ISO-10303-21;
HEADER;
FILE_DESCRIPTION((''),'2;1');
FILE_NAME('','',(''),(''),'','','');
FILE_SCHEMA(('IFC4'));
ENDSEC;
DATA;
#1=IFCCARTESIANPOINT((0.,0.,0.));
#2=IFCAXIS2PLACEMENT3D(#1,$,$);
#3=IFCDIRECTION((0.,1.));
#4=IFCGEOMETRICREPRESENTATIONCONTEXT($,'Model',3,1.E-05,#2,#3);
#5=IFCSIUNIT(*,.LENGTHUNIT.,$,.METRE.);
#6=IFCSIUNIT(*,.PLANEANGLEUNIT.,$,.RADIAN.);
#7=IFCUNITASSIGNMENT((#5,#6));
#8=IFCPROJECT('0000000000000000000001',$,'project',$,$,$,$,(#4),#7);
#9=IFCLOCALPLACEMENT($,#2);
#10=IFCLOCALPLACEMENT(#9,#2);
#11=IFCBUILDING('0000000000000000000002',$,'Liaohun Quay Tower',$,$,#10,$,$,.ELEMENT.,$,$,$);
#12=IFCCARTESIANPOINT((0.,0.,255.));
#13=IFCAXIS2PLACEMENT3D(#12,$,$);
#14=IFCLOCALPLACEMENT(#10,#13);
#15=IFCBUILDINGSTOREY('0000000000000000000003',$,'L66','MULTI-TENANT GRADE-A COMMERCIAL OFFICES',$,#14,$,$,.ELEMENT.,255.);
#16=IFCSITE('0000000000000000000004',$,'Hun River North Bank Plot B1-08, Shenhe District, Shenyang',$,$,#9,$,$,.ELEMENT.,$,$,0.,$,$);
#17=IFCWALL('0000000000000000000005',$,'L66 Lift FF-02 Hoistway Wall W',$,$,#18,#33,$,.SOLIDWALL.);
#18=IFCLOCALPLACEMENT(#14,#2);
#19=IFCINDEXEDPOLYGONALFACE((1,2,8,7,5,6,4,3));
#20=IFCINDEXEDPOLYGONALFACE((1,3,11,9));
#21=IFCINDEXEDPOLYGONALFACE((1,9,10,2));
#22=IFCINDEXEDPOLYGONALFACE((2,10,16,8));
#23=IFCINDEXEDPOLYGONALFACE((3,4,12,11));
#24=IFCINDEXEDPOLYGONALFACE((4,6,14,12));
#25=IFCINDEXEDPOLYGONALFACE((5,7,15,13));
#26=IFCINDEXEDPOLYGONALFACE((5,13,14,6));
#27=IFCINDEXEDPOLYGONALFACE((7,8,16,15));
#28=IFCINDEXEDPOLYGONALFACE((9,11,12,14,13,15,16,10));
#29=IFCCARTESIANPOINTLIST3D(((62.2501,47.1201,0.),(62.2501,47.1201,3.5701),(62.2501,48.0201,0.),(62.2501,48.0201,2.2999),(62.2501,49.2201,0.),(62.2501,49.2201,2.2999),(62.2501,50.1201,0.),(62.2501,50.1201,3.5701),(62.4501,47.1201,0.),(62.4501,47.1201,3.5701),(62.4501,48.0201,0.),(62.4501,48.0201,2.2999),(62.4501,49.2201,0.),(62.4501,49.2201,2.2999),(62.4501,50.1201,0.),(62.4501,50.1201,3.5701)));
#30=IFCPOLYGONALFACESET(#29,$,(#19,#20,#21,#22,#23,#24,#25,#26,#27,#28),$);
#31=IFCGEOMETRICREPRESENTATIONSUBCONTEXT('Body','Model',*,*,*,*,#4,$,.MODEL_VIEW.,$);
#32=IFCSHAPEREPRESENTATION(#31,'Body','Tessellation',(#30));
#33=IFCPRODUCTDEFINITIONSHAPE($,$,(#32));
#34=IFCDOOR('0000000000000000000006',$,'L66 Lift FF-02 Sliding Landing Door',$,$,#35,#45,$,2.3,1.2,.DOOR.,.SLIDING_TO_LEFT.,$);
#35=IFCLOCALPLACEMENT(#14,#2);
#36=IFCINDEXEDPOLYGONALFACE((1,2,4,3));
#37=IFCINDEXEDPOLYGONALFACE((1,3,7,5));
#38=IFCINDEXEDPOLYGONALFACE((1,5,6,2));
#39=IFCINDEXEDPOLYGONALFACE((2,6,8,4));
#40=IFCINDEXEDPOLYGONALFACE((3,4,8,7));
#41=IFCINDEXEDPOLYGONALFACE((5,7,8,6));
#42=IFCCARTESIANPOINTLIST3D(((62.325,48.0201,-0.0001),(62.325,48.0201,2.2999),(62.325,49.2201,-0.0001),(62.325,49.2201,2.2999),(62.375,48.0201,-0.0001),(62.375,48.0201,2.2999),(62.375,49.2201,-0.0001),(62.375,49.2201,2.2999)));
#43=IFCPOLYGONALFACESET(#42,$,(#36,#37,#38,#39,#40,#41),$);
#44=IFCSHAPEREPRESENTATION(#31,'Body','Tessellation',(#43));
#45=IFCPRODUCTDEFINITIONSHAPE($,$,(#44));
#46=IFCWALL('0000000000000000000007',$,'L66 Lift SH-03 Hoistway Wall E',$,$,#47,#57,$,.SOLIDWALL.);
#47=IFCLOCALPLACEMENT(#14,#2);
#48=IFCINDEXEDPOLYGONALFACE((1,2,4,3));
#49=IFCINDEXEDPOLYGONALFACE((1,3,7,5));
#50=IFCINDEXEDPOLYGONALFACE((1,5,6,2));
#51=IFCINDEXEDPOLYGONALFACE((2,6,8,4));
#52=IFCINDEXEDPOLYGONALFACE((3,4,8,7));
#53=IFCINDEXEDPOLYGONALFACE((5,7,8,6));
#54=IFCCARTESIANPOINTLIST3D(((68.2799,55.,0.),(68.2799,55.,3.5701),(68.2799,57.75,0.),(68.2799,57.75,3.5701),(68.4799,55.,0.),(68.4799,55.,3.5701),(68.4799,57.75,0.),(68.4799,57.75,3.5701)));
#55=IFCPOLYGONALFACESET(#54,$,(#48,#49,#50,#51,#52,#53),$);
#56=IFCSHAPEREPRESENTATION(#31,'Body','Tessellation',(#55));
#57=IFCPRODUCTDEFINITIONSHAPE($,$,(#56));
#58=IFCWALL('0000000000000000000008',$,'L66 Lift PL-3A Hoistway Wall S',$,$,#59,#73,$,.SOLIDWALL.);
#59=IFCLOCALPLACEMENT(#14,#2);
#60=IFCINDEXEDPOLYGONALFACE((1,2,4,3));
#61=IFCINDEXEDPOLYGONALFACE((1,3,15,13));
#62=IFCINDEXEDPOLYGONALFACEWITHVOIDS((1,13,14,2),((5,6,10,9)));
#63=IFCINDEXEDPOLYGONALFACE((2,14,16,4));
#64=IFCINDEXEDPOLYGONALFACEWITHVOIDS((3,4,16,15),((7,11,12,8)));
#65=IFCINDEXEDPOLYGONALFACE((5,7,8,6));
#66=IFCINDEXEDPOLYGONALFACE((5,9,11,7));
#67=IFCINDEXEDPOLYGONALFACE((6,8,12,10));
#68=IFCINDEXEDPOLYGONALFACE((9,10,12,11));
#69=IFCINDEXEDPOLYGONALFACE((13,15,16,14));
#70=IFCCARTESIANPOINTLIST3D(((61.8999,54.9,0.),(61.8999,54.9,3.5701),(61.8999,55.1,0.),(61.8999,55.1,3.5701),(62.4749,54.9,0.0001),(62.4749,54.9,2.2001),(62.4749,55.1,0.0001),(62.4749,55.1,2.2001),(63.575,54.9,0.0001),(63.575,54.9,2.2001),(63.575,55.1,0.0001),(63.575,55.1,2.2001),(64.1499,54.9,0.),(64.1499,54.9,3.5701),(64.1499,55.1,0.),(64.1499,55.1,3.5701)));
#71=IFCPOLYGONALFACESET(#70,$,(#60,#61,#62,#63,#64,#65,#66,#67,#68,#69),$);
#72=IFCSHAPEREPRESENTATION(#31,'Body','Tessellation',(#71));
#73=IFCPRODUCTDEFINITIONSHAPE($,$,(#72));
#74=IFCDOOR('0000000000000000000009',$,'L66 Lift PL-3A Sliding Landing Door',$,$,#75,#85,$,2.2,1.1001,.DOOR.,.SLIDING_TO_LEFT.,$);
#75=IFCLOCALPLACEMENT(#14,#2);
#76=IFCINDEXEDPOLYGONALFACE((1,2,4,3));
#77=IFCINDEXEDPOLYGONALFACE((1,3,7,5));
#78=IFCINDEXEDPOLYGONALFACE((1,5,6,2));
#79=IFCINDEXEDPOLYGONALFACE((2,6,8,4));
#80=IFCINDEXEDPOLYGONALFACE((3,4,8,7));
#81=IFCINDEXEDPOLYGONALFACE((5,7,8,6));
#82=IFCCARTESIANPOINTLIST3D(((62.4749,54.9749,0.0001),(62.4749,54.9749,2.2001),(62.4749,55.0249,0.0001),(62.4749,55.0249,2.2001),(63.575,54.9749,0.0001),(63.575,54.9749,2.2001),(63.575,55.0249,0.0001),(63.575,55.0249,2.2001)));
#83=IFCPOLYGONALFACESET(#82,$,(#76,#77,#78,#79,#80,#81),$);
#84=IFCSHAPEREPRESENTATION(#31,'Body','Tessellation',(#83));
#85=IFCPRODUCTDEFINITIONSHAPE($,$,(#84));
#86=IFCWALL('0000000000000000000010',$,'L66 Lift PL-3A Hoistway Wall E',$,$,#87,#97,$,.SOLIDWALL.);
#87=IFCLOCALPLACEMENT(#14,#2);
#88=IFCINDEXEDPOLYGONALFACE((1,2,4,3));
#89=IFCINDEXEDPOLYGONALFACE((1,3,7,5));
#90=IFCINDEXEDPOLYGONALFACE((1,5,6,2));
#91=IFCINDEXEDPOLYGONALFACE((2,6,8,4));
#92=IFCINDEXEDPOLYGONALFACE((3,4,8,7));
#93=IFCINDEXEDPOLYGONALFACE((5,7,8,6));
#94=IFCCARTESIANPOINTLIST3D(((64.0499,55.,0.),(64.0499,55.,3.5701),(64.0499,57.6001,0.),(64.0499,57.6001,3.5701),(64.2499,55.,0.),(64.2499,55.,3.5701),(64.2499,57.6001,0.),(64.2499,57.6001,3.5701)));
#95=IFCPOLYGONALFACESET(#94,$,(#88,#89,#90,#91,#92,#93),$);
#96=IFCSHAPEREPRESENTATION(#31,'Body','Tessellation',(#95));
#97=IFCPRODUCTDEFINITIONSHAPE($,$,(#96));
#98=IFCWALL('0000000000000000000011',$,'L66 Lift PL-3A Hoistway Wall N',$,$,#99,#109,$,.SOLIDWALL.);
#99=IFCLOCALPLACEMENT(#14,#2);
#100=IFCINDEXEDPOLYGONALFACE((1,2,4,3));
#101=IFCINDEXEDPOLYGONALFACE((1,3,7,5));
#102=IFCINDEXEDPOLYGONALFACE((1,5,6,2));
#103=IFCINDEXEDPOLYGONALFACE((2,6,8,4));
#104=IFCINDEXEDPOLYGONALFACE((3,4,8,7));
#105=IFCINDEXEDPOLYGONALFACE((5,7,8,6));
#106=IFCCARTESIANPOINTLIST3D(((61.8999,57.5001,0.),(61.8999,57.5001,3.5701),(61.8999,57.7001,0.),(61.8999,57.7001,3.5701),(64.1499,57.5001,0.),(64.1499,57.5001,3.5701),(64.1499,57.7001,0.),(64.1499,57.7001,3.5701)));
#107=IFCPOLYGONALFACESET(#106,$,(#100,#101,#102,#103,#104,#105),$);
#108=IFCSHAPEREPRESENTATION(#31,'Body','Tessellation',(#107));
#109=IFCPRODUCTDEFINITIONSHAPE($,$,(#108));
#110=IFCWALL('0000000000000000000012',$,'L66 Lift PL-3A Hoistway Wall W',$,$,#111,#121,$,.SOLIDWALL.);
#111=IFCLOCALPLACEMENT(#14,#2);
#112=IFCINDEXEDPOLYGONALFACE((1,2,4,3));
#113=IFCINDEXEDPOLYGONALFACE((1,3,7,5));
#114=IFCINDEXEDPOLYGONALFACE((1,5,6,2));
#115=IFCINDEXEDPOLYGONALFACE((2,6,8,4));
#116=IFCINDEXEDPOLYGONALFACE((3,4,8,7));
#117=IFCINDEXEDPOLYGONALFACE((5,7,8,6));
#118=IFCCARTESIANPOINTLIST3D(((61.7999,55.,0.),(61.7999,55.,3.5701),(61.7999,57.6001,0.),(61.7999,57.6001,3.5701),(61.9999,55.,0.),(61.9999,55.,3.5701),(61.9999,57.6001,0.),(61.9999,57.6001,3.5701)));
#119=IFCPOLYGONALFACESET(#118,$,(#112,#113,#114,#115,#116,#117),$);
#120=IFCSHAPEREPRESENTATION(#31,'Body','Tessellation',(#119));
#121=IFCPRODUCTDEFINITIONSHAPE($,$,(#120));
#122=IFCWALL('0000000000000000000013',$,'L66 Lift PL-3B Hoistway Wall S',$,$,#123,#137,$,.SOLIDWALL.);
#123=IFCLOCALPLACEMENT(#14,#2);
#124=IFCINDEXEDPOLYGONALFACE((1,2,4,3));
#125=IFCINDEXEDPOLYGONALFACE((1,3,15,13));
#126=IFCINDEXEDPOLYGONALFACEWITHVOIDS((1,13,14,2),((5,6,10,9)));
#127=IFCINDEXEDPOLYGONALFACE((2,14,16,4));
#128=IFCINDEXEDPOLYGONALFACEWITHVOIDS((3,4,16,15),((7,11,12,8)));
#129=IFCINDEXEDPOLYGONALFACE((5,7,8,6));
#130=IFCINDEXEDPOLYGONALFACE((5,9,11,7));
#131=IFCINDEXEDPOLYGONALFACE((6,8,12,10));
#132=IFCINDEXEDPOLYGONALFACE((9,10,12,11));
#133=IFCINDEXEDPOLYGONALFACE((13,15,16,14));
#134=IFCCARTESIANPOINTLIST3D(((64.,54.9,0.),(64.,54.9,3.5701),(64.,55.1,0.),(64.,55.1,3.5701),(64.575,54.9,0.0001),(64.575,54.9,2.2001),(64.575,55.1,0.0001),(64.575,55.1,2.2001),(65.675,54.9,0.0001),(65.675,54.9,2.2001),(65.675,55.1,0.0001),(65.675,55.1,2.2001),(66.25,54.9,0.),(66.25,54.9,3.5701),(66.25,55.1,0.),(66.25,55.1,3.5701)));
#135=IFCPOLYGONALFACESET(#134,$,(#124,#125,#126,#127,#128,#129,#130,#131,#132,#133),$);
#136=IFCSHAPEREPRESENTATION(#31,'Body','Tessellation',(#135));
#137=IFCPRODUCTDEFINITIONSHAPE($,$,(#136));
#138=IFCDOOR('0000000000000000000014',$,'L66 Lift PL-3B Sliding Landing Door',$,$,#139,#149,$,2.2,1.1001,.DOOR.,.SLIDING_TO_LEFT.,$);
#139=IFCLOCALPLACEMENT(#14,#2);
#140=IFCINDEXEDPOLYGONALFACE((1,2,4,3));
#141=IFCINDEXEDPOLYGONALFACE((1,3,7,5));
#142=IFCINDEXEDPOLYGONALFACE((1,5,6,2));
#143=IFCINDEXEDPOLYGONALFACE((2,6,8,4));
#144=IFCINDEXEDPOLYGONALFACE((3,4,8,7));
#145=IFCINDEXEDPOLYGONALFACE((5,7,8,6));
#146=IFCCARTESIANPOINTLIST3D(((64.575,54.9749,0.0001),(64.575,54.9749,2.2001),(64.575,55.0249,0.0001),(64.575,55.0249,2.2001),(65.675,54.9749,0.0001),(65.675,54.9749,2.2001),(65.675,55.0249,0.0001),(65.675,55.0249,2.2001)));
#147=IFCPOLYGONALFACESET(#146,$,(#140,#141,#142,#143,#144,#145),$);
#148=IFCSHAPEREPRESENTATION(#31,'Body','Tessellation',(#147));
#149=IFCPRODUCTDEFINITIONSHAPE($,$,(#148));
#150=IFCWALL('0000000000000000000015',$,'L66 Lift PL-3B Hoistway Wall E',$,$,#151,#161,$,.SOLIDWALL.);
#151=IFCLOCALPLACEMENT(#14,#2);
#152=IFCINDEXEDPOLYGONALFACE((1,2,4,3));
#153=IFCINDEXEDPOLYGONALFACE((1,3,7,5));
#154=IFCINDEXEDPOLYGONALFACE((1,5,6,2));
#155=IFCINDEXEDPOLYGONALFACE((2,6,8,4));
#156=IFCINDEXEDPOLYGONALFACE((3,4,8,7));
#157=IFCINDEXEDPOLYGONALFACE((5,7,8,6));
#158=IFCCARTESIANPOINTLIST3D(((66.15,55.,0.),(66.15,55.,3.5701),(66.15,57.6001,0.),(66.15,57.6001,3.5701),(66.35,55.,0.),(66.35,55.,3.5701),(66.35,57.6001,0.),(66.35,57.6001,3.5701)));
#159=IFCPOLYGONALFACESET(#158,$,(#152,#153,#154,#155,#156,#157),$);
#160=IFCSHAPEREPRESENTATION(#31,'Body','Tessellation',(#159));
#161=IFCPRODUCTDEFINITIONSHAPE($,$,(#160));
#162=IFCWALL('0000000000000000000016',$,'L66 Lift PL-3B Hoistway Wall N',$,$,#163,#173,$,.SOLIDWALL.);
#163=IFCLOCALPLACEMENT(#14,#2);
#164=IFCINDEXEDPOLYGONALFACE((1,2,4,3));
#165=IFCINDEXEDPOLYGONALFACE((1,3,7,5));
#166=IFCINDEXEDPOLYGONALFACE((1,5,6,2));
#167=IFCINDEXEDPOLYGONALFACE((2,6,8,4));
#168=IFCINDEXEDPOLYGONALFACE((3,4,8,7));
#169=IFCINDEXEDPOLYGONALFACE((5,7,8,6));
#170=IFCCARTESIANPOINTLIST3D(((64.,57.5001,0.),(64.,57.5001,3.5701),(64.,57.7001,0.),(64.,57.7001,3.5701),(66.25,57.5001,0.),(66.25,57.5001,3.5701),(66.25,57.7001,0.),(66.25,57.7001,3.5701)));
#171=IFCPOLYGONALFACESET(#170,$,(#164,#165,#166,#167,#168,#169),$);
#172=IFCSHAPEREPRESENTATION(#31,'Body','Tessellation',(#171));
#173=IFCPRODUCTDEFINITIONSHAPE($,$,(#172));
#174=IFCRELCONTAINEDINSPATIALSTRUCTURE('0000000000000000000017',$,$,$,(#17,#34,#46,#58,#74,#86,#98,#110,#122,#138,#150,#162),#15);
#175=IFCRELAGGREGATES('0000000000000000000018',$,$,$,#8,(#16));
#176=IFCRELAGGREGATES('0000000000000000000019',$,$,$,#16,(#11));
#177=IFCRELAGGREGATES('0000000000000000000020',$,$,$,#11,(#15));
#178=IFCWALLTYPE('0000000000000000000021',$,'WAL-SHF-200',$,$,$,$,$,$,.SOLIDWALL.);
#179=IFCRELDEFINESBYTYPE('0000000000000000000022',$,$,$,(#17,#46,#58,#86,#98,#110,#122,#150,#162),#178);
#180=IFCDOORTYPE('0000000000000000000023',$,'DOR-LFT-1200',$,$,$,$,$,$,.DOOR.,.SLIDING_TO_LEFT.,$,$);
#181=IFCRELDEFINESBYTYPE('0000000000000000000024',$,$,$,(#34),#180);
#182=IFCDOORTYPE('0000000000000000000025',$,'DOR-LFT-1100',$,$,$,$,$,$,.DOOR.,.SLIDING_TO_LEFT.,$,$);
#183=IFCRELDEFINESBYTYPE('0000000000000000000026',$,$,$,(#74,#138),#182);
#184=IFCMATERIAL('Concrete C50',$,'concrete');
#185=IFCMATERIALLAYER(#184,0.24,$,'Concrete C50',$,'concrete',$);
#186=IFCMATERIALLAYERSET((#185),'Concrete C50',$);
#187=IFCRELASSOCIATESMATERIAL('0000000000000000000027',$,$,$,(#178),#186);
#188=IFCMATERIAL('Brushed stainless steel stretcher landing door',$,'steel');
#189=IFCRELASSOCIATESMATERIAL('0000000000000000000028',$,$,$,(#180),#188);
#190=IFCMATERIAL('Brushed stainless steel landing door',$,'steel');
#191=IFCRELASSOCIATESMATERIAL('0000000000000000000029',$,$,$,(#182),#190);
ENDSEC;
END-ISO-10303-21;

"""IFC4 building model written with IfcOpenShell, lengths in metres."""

from ifc_helpers import new_model, si_unit, direction, frame, frame_2d, origin, place, context, subcontext, project, spatial, rectangle, extrude, source, transform, mapped, material, layer, layer_set, type_object, element, fill, save


model = new_model("IFC4")

# Units and contexts
model_context = context("Model", 3, precision=1e-05, world=origin(), true_north=direction((0.0, 1.0)))
body_context = subcontext(model_context, "Body", "Model", "MODEL_VIEW")
ifc_project = project(units=[si_unit("LENGTHUNIT", "METRE"), si_unit("PLANEANGLEUNIT", "RADIAN")], contexts=[model_context])

# Site, building, storey
site_placement = place(None, origin())
site = spatial("IfcSite", under=ifc_project, at=site_placement, Name="Hun River North Bank Plot B1-08, Shenhe District, Shenyang", CompositionType="ELEMENT", RefElevation=0.0)
building_placement = place(site_placement, origin())
building = spatial("IfcBuilding", under=site, at=building_placement, Name="Liaohun Quay Tower", CompositionType="ELEMENT")
storey_placement = place(building_placement, frame((0.0, 0.0, 255.0)))
storey = spatial("IfcBuildingStorey", under=building, at=storey_placement, Name="L66", Description="MULTI-TENANT GRADE-A COMMERCIAL OFFICES", CompositionType="ELEMENT", Elevation=255.0)

# Shared definitions
ifc_material_1 = material(Name="Concrete C50", Category="concrete")
ifc_layer_1 = layer(ifc_material_1, 0.24, Name="Concrete C50", Category="concrete")
ifc_layer_set_1 = layer_set([ifc_layer_1], Name="Concrete C50")
wall_type_1 = type_object("IfcWallType", Name="WAL-SHF-200", PredefinedType="SOLIDWALL", material=ifc_layer_set_1)

# Wall, opening, door
wall_1_placement = place(storey_placement, frame((62.3501, 50.1201, 0.0), z_axis=(0.0, 0.0, 1.0), x_axis=(0.0, -1.0, 0.0)))
wall_1 = element("IfcWall", 1, at=wall_1_placement, inside=storey, type_object=wall_type_1, Name="L66 Lift FF-02 Hoistway Wall W", PredefinedType="SOLIDWALL", context=body_context, shape_type="SweptSolid", body=[
    extrude(rectangle(XDim=3.0, YDim=0.2, at=frame_2d((1.5, 0.0))), origin(), (0.0, 0.0, 1.0), 3.5701),
])
shared_shape_1 = source(origin(), body_context, "Body", "SweptSolid", [
    extrude(rectangle(XDim=1.2, YDim=2.3, at=frame_2d((0.6001, 1.1499))), frame((0.0, 0.1099, 0.0), z_axis=(0.0, -1.0, 0.0), x_axis=(1.0, 0.0, 0.0)), (0.0, 0.0, 1.0), 0.22),
])
opening_1_placement = place(wall_1_placement, frame((0.8999, 0.0, 0.0)))
opening_1 = element("IfcOpeningElement", 2, at=opening_1_placement, cuts=wall_1, PredefinedType="OPENING", context=body_context, shape_type="MappedRepresentation", body=[
    mapped(shared_shape_1, transform((0.0, 0.0, 0.0), x_axis=(1.0, 0.0, 0.0), y_axis=(0.0, 1.0, 0.0), z_axis=(0.0, 0.0, 1.0), scale=1.0)),
])
ifc_material_2 = material(Name="Brushed stainless steel stretcher landing door", Category="steel")
door_type_1 = type_object("IfcDoorType", Name="DOR-LFT-1200", OperationType="SLIDING_TO_LEFT", PredefinedType="DOOR", material=ifc_material_2)
shared_shape_2 = source(origin(), body_context, "Body", "SweptSolid", [
    extrude(rectangle(XDim=1.2, YDim=2.3, at=frame_2d((0.6001, 1.1499))), frame((0.0, 0.0249, 0.0), z_axis=(0.0, -1.0, 0.0), x_axis=(1.0, 0.0, 0.0)), (0.0, 0.0, 1.0), 0.05),
])
door_1_placement = place(opening_1_placement, origin())
door_1 = element("IfcDoor", 3, at=door_1_placement, inside=storey, type_object=door_type_1, Name="L66 Lift FF-02 Sliding Landing Door", OperationType="SLIDING_TO_LEFT", OverallHeight=2.3, OverallWidth=1.2, PredefinedType="DOOR", context=body_context, shape_type="MappedRepresentation", body=[
    mapped(shared_shape_2, transform((0.0, 0.0, 0.0), x_axis=(1.0, 0.0, 0.0), y_axis=(0.0, 1.0, 0.0), z_axis=(0.0, 0.0, 1.0), scale=1.0)),
])
fill(opening_1, door_1)

# Wall
wall_2_placement = place(storey_placement, frame((68.3799, 55.0, 0.0), z_axis=(0.0, 0.0, 1.0), x_axis=(0.0, 1.0, 0.0)))
element("IfcWall", 4, at=wall_2_placement, inside=storey, type_object=wall_type_1, Name="L66 Lift SH-03 Hoistway Wall E", PredefinedType="SOLIDWALL", context=body_context, shape_type="SweptSolid", body=[
    extrude(rectangle(XDim=2.75, YDim=0.2, at=frame_2d((1.375, 0.0))), origin(), (0.0, 0.0, 1.0), 3.5701),
])

# Wall, opening, door
wall_3_placement = place(storey_placement, frame((61.8999, 55.0, 0.0), z_axis=(0.0, 0.0, 1.0), x_axis=(1.0, 0.0, 0.0)))
wall_3 = element("IfcWall", 5, at=wall_3_placement, inside=storey, type_object=wall_type_1, Name="L66 Lift PL-3A Hoistway Wall S", PredefinedType="SOLIDWALL", context=body_context, shape_type="SweptSolid", body=[
    extrude(rectangle(XDim=2.25, YDim=0.2, at=frame_2d((1.125, 0.0))), origin(), (0.0, 0.0, 1.0), 3.5701),
])
shared_shape_3 = source(origin(), body_context, "Body", "SweptSolid", [
    extrude(rectangle(XDim=1.1001, YDim=2.2, at=frame_2d((0.55, 1.1001))), frame((0.0, 0.1099, 0.0), z_axis=(0.0, -1.0, 0.0), x_axis=(1.0, 0.0, 0.0)), (0.0, 0.0, 1.0), 0.22),
])
opening_2_placement = place(wall_3_placement, frame((0.575, 0.0, 0.0)))
opening_2 = element("IfcOpeningElement", 6, at=opening_2_placement, cuts=wall_3, PredefinedType="OPENING", context=body_context, shape_type="MappedRepresentation", body=[
    mapped(shared_shape_3, transform((0.0, 0.0, 0.0), x_axis=(1.0, 0.0, 0.0), y_axis=(0.0, 1.0, 0.0), z_axis=(0.0, 0.0, 1.0), scale=1.0)),
])
ifc_material_3 = material(Name="Brushed stainless steel landing door", Category="steel")
door_type_2 = type_object("IfcDoorType", Name="DOR-LFT-1100", OperationType="SLIDING_TO_LEFT", PredefinedType="DOOR", material=ifc_material_3)
shared_shape_4 = source(origin(), body_context, "Body", "SweptSolid", [
    extrude(rectangle(XDim=1.1001, YDim=2.2, at=frame_2d((0.55, 1.1001))), frame((0.0, 0.0249, 0.0), z_axis=(0.0, -1.0, 0.0), x_axis=(1.0, 0.0, 0.0)), (0.0, 0.0, 1.0), 0.05),
])
door_2_placement = place(opening_2_placement, origin())
door_2 = element("IfcDoor", 7, at=door_2_placement, inside=storey, type_object=door_type_2, Name="L66 Lift PL-3A Sliding Landing Door", OperationType="SLIDING_TO_LEFT", OverallHeight=2.2, OverallWidth=1.1001, PredefinedType="DOOR", context=body_context, shape_type="MappedRepresentation", body=[
    mapped(shared_shape_4, transform((0.0, 0.0, 0.0), x_axis=(1.0, 0.0, 0.0), y_axis=(0.0, 1.0, 0.0), z_axis=(0.0, 0.0, 1.0), scale=1.0)),
])
fill(opening_2, door_2)

# Walls
wall_4_placement = place(storey_placement, frame((64.1499, 55.0, 0.0), z_axis=(0.0, 0.0, 1.0), x_axis=(0.0, 1.0, 0.0)))
element("IfcWall", 8, at=wall_4_placement, inside=storey, type_object=wall_type_1, Name="L66 Lift PL-3A Hoistway Wall E", PredefinedType="SOLIDWALL", context=body_context, shape_type="SweptSolid", body=[
    extrude(rectangle(XDim=2.6001, YDim=0.2, at=frame_2d((1.3, 0.0))), origin(), (0.0, 0.0, 1.0), 3.5701),
])
wall_5_placement = place(storey_placement, frame((64.1499, 57.6001, 0.0), z_axis=(0.0, 0.0, 1.0), x_axis=(-1.0, 0.0, 0.0)))
element("IfcWall", 9, at=wall_5_placement, inside=storey, type_object=wall_type_1, Name="L66 Lift PL-3A Hoistway Wall N", PredefinedType="SOLIDWALL", context=body_context, shape_type="SweptSolid", body=[
    extrude(rectangle(XDim=2.25, YDim=0.2, at=frame_2d((1.125, 0.0))), origin(), (0.0, 0.0, 1.0), 3.5701),
])
wall_6_placement = place(storey_placement, frame((61.8999, 57.6001, 0.0), z_axis=(0.0, 0.0, 1.0), x_axis=(0.0, -1.0, 0.0)))
element("IfcWall", 10, at=wall_6_placement, inside=storey, type_object=wall_type_1, Name="L66 Lift PL-3A Hoistway Wall W", PredefinedType="SOLIDWALL", context=body_context, shape_type="SweptSolid", body=[
    extrude(rectangle(XDim=2.6001, YDim=0.2, at=frame_2d((1.3, 0.0))), origin(), (0.0, 0.0, 1.0), 3.5701),
])

# Wall, opening, door
wall_7_placement = place(storey_placement, frame((64.0, 55.0, 0.0), z_axis=(0.0, 0.0, 1.0), x_axis=(1.0, 0.0, 0.0)))
wall_7 = element("IfcWall", 11, at=wall_7_placement, inside=storey, type_object=wall_type_1, Name="L66 Lift PL-3B Hoistway Wall S", PredefinedType="SOLIDWALL", context=body_context, shape_type="SweptSolid", body=[
    extrude(rectangle(XDim=2.25, YDim=0.2, at=frame_2d((1.125, 0.0))), origin(), (0.0, 0.0, 1.0), 3.5701),
])
opening_3_placement = place(wall_7_placement, frame((0.575, 0.0, 0.0)))
opening_3 = element("IfcOpeningElement", 12, at=opening_3_placement, cuts=wall_7, PredefinedType="OPENING", context=body_context, shape_type="MappedRepresentation", body=[
    mapped(shared_shape_3, transform((0.0, 0.0, 0.0), x_axis=(1.0, 0.0, 0.0), y_axis=(0.0, 1.0, 0.0), z_axis=(0.0, 0.0, 1.0), scale=1.0)),
])
door_3_placement = place(opening_3_placement, origin())
door_3 = element("IfcDoor", 13, at=door_3_placement, inside=storey, type_object=door_type_2, Name="L66 Lift PL-3B Sliding Landing Door", OperationType="SLIDING_TO_LEFT", OverallHeight=2.2, OverallWidth=1.1001, PredefinedType="DOOR", context=body_context, shape_type="MappedRepresentation", body=[
    mapped(shared_shape_4, transform((0.0, 0.0, 0.0), x_axis=(1.0, 0.0, 0.0), y_axis=(0.0, 1.0, 0.0), z_axis=(0.0, 0.0, 1.0), scale=1.0)),
])
fill(opening_3, door_3)

# Walls
wall_8_placement = place(storey_placement, frame((66.25, 55.0, 0.0), z_axis=(0.0, 0.0, 1.0), x_axis=(0.0, 1.0, 0.0)))
element("IfcWall", 14, at=wall_8_placement, inside=storey, type_object=wall_type_1, Name="L66 Lift PL-3B Hoistway Wall E", PredefinedType="SOLIDWALL", context=body_context, shape_type="SweptSolid", body=[
    extrude(rectangle(XDim=2.6001, YDim=0.2, at=frame_2d((1.3, 0.0))), origin(), (0.0, 0.0, 1.0), 3.5701),
])
wall_9_placement = place(storey_placement, frame((66.25, 57.6001, 0.0), z_axis=(0.0, 0.0, 1.0), x_axis=(-1.0, 0.0, 0.0)))
element("IfcWall", 15, at=wall_9_placement, inside=storey, type_object=wall_type_1, Name="L66 Lift PL-3B Hoistway Wall N", PredefinedType="SOLIDWALL", context=body_context, shape_type="SweptSolid", body=[
    extrude(rectangle(XDim=2.25, YDim=0.2, at=frame_2d((1.125, 0.0))), origin(), (0.0, 0.0, 1.0), 3.5701),
])

save(model, "model.ifc")
